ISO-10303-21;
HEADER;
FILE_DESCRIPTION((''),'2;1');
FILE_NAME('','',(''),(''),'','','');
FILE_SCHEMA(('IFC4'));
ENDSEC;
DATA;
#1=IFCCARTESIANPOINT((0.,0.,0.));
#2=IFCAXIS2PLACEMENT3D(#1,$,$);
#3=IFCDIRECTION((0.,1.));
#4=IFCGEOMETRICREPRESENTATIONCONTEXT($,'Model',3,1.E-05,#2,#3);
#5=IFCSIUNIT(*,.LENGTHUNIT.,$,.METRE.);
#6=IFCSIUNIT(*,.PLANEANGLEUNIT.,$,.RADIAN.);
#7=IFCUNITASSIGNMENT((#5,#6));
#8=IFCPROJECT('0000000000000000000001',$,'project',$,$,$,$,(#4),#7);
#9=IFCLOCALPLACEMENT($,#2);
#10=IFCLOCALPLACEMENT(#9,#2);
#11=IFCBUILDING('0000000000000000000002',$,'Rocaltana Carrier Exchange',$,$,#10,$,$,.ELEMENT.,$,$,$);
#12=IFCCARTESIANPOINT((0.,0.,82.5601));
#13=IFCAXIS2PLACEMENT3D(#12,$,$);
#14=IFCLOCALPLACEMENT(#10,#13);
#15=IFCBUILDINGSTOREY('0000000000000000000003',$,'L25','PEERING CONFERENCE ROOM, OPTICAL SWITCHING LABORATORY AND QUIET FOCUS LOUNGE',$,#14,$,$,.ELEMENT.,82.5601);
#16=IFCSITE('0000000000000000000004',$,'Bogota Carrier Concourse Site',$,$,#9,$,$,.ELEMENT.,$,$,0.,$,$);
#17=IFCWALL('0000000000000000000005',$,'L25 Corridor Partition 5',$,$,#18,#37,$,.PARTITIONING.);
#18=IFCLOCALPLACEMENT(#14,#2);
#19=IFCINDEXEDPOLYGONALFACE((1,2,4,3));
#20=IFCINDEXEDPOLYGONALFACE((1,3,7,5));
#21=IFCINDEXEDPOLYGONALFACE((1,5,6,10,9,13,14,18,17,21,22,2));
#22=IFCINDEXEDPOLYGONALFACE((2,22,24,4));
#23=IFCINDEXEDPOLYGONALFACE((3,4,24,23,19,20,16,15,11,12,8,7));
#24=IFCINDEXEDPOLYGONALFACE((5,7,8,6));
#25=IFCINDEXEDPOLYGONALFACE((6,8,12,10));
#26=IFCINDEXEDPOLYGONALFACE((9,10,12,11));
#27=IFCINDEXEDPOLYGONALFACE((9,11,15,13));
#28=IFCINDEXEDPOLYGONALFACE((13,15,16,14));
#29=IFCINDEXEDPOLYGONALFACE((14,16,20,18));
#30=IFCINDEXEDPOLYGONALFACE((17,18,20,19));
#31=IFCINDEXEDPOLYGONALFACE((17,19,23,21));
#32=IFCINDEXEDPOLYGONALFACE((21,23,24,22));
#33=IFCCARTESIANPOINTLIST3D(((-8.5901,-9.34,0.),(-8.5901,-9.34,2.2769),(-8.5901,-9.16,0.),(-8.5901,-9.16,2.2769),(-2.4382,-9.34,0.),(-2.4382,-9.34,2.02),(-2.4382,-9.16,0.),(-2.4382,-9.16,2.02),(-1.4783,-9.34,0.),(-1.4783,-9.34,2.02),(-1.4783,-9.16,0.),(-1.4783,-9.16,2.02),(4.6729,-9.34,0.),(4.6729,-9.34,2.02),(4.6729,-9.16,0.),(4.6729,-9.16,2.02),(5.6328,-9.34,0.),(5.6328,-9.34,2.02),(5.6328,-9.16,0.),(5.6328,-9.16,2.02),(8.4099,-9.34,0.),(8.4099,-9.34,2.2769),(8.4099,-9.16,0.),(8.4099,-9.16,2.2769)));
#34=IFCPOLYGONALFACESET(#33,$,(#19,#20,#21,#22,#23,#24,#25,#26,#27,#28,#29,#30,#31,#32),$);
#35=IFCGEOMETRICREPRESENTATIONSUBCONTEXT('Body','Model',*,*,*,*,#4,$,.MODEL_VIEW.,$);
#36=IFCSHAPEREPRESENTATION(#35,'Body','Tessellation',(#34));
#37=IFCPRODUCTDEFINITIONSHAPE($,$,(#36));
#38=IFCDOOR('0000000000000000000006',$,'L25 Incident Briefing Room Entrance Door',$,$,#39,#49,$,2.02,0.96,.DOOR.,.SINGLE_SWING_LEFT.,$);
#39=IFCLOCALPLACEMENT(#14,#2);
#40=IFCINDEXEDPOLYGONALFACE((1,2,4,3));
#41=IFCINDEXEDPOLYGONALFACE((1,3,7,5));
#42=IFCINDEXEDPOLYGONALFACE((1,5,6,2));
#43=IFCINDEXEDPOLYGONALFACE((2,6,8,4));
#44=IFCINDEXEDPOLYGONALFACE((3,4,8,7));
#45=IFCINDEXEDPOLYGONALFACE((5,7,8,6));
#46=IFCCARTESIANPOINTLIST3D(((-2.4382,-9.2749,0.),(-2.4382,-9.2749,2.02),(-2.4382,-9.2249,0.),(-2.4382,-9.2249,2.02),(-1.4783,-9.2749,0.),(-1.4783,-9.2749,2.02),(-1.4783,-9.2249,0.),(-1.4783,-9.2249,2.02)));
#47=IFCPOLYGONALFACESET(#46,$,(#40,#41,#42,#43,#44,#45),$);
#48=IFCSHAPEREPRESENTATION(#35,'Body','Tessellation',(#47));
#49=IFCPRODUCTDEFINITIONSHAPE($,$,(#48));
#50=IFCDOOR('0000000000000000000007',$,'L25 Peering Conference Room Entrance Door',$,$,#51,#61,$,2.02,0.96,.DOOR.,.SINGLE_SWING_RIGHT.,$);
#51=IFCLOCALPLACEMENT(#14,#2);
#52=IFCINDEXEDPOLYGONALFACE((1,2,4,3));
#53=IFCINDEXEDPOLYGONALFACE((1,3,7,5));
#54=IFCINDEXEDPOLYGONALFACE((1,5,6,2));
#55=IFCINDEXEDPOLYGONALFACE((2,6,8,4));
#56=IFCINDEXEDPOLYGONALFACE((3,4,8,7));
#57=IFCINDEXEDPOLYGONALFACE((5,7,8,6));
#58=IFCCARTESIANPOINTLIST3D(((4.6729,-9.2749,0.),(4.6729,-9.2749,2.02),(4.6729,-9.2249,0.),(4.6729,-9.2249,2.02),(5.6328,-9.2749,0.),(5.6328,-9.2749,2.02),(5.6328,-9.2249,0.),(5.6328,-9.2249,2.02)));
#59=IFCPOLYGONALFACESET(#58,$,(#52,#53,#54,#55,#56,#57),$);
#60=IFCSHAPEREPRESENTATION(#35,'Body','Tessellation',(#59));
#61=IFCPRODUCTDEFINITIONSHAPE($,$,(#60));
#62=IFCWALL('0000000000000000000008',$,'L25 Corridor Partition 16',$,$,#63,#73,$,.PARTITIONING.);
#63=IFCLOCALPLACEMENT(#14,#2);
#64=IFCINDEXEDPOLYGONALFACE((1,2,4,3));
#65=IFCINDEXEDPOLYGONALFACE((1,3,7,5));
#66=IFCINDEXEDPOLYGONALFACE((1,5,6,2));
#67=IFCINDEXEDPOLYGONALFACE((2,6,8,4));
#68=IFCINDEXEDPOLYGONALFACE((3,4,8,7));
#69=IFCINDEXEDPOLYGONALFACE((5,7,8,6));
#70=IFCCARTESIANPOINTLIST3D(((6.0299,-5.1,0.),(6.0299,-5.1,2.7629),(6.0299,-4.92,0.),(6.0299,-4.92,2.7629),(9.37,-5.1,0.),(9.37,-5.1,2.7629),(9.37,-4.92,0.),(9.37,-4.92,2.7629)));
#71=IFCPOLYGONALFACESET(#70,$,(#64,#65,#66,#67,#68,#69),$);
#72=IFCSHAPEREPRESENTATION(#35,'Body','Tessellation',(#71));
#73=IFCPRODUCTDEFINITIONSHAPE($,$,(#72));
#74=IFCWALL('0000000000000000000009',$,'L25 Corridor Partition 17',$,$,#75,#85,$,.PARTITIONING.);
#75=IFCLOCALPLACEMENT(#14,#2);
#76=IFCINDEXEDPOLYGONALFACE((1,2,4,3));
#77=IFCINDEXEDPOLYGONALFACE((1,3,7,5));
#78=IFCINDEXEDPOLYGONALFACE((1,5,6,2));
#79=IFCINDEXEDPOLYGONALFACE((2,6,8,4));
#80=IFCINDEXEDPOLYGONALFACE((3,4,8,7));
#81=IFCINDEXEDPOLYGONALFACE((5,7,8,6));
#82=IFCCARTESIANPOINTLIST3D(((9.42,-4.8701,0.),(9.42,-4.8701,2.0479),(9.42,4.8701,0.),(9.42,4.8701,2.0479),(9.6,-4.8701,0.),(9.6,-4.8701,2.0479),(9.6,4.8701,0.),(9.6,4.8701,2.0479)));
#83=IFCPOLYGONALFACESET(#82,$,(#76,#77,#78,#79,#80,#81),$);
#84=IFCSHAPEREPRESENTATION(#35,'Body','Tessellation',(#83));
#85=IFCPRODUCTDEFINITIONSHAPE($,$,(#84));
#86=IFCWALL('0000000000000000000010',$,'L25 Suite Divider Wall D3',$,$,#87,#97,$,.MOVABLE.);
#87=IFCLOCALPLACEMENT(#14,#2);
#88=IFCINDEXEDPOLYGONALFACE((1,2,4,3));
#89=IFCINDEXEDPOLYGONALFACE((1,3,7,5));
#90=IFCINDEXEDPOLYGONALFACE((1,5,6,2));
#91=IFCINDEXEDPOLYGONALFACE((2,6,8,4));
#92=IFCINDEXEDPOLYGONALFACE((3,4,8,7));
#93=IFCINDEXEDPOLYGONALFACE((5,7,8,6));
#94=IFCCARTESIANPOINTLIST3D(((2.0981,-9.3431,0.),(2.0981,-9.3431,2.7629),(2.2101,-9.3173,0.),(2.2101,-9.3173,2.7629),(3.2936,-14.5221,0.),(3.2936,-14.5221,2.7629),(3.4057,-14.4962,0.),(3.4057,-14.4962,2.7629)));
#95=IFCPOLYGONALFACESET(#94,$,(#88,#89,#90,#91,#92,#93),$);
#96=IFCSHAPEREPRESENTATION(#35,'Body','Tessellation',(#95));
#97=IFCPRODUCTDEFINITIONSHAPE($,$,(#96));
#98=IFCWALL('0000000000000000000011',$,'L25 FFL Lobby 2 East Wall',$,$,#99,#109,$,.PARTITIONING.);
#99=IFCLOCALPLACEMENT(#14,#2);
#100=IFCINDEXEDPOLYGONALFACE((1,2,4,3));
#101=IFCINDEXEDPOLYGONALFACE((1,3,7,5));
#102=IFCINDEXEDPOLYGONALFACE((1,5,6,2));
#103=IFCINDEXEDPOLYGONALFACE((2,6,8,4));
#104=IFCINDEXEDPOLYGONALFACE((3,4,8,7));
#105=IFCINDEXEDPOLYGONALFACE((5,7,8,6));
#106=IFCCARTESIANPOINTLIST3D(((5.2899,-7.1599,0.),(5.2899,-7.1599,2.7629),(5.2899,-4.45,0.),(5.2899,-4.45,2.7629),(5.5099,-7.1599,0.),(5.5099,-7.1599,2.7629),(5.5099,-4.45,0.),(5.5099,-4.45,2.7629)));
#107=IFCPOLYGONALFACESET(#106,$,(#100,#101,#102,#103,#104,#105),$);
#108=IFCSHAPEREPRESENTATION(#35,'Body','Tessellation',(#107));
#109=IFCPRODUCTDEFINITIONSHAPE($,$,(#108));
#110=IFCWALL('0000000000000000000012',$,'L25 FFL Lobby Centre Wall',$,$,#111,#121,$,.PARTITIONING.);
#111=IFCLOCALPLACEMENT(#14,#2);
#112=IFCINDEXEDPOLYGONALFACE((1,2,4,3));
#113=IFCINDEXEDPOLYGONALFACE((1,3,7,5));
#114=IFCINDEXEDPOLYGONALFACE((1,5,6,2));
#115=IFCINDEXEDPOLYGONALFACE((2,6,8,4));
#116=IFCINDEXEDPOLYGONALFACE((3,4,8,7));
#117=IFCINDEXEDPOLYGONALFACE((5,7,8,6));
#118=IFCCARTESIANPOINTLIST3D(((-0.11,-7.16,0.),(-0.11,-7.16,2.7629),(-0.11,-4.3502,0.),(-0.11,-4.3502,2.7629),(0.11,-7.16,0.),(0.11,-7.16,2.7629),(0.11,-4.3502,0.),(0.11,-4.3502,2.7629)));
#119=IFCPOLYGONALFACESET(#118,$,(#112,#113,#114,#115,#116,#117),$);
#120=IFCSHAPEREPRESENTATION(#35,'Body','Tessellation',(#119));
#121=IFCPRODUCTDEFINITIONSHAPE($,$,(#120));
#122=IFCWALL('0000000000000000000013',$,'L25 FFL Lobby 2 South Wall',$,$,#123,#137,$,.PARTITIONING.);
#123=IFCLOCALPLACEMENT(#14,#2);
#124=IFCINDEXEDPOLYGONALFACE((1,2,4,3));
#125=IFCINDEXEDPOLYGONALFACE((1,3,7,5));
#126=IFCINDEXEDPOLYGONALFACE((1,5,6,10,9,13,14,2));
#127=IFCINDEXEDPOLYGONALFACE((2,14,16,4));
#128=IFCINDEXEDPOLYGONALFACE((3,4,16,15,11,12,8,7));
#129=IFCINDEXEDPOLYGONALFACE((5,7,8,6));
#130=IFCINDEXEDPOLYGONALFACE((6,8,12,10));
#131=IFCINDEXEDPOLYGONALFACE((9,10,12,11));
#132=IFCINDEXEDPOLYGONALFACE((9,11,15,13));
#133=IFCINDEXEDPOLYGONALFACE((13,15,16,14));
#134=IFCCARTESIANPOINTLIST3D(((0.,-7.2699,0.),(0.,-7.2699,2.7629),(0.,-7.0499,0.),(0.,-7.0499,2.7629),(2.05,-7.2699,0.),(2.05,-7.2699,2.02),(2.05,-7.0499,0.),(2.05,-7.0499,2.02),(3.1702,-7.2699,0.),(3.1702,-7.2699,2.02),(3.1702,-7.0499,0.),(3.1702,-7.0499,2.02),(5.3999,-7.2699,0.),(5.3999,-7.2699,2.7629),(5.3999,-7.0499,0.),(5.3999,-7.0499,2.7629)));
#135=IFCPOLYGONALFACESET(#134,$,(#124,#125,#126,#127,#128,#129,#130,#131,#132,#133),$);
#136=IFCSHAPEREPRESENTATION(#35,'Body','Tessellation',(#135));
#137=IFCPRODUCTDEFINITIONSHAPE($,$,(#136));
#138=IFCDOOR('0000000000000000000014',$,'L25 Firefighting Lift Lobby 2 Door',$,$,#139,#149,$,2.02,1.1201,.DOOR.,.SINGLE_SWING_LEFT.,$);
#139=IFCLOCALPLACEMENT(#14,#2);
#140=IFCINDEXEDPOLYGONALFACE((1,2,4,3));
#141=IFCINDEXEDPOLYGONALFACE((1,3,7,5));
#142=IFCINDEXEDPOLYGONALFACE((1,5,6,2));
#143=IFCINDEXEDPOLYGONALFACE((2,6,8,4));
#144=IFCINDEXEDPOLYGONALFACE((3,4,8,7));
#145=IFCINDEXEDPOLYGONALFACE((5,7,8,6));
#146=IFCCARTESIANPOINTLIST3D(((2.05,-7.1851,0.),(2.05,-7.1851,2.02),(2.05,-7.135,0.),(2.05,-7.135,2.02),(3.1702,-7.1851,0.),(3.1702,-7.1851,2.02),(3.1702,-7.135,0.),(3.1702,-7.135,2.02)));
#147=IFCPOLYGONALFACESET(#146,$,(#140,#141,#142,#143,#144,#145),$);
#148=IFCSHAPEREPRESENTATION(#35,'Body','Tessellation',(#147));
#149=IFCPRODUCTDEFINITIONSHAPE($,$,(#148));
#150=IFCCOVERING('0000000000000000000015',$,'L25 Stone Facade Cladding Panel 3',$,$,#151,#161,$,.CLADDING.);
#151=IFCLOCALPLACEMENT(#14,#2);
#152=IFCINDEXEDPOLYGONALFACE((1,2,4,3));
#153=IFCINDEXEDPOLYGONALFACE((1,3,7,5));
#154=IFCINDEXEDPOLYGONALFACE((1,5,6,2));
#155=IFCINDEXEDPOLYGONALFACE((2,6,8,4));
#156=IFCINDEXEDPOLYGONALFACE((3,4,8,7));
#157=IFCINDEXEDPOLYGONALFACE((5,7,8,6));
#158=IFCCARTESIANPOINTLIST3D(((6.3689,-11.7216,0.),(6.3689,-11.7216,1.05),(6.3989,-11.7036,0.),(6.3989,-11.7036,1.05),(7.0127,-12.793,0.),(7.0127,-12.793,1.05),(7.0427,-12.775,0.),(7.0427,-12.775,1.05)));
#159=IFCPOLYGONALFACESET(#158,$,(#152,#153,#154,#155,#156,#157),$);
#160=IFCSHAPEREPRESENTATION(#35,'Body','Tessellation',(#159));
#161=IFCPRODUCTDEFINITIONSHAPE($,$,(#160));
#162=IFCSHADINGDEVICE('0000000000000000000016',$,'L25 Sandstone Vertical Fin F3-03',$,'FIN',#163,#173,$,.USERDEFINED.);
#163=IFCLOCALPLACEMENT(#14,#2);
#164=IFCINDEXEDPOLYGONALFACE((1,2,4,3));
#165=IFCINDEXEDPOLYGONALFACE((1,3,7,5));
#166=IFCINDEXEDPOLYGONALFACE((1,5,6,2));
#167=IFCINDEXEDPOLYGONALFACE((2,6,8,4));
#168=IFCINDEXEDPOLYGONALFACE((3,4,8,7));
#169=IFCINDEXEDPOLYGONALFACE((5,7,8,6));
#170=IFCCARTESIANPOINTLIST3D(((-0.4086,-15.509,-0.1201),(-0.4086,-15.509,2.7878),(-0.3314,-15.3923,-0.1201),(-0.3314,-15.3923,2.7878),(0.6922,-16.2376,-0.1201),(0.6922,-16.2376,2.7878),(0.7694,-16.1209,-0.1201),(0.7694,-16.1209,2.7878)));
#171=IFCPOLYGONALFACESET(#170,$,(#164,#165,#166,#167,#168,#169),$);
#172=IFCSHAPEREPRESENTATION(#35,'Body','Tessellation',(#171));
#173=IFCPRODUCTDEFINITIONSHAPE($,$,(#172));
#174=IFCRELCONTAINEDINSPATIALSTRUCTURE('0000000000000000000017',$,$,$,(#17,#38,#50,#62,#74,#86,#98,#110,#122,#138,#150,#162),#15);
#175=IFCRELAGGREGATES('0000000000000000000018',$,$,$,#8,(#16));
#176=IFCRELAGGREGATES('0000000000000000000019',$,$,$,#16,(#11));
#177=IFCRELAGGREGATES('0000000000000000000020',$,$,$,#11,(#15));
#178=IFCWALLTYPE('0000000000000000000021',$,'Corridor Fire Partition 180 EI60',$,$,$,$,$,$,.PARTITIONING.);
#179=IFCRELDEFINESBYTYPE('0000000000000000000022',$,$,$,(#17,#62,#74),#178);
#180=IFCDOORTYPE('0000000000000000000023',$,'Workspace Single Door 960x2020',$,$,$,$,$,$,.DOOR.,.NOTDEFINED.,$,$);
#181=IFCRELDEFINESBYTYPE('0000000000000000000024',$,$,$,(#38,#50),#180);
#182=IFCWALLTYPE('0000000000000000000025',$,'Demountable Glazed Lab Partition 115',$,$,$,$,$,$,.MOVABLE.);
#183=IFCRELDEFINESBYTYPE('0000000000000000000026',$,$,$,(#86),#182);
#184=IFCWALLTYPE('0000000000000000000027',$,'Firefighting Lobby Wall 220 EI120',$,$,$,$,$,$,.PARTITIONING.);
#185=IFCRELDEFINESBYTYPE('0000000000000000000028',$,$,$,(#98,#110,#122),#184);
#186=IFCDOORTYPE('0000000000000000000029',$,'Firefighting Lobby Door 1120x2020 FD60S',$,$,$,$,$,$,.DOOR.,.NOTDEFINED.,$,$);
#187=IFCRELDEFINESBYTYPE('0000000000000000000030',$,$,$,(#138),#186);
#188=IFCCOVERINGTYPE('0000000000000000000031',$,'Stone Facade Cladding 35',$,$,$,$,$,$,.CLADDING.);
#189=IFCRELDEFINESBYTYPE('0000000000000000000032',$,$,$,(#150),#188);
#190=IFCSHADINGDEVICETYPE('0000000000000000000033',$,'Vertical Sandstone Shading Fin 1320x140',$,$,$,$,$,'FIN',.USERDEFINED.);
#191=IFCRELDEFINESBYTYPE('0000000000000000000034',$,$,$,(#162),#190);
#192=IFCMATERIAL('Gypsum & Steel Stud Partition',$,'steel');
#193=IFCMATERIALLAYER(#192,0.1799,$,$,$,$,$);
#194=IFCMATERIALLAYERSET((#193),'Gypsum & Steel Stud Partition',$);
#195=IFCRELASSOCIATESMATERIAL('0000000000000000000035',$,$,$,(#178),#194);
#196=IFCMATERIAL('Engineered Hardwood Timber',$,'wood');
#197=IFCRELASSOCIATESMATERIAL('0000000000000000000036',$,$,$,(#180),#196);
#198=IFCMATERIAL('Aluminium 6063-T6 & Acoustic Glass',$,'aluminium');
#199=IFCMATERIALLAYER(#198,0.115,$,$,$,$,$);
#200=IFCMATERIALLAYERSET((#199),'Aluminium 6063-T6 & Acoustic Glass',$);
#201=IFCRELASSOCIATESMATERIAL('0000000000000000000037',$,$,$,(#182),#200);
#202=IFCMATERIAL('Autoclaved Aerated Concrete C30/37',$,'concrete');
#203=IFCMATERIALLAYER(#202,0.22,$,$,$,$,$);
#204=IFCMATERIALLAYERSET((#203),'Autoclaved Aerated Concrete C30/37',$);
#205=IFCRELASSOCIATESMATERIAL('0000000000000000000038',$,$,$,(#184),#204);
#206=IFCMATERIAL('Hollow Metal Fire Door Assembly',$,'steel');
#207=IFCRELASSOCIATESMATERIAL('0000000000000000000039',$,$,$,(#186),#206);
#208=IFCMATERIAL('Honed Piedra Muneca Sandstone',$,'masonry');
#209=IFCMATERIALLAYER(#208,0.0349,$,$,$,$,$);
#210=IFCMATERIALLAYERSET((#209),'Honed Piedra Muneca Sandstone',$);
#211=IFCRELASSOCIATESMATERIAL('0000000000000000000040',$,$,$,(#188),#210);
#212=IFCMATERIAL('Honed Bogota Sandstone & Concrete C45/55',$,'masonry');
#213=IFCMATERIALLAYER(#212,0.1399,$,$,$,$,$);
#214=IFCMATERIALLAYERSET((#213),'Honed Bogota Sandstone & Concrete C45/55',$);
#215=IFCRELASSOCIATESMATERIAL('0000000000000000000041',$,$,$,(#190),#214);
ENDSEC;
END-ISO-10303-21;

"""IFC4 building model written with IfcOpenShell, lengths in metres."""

from ifc_helpers import new_model, si_unit, direction, frame, frame_2d, origin, origin_2d, place, context, subcontext, project, spatial, rectangle, extrude, material, layer, layer_set, type_object, element, fill, save


model = new_model("IFC4")

# Units and contexts
model_context = context("Model", 3, precision=1e-05, world=origin(), true_north=direction((0.0, 1.0)))
body_context = subcontext(model_context, "Body", "Model", "MODEL_VIEW")
ifc_project = project(units=[si_unit("LENGTHUNIT", "METRE"), si_unit("PLANEANGLEUNIT", "RADIAN")], contexts=[model_context])

# Site, building, storey
site_placement = place(None, origin())
site = spatial("IfcSite", under=ifc_project, at=site_placement, Name="Bogota Carrier Concourse Site", CompositionType="ELEMENT", RefElevation=0.0)
building_placement = place(site_placement, origin())
building = spatial("IfcBuilding", under=site, at=building_placement, Name="Rocaltana Carrier Exchange", CompositionType="ELEMENT")
storey_placement = place(building_placement, frame((0.0, 0.0, 82.5601)))
storey = spatial("IfcBuildingStorey", under=building, at=storey_placement, Name="L25", Description="PEERING CONFERENCE ROOM, OPTICAL SWITCHING LABORATORY AND QUIET FOCUS LOUNGE", CompositionType="ELEMENT", Elevation=82.5601)

# Wall, openings, doors
ifc_material_1 = material(Name="Gypsum & Steel Stud Partition", Category="steel")
ifc_layer_1 = layer(ifc_material_1, 0.1799)
ifc_layer_set_1 = layer_set([ifc_layer_1], Name="Gypsum & Steel Stud Partition")
wall_type_1 = type_object("IfcWallType", Name="Corridor Fire Partition 180 EI60", PredefinedType="PARTITIONING", material=ifc_layer_set_1)
wall_1_placement = place(storey_placement, frame((8.4099, -9.25, 0.0), z_axis=(0.0, 0.0, 1.0), x_axis=(-1.0, 0.0, 0.0)))
wall_1 = element("IfcWall", 1, at=wall_1_placement, inside=storey, type_object=wall_type_1, Name="L25 Corridor Partition 5", PredefinedType="PARTITIONING", context=body_context, shape_type="SweptSolid", body=[
    extrude(rectangle(XDim=17.0, YDim=0.1799, at=frame_2d((8.5, 0.0))), origin(), (0.0, 0.0, 1.0), 2.2769),
])
opening_1_placement = place(wall_1_placement, frame((9.8882, 0.0, 0.0)))
opening_1 = element("IfcOpeningElement", 2, at=opening_1_placement, cuts=wall_1, PredefinedType="OPENING", context=body_context, shape_type="SweptSolid", body=[
    extrude(rectangle(XDim=0.96, YDim=2.02, at=frame_2d((0.48, 1.01))), frame((0.0, 0.0999, 0.0), z_axis=(0.0, -1.0, 0.0), x_axis=(1.0, 0.0, 0.0)), (0.0, 0.0, 1.0), 0.2),
])
opening_2_placement = place(wall_1_placement, frame((2.7771, 0.0, 0.0)))
opening_2 = element("IfcOpeningElement", 3, at=opening_2_placement, cuts=wall_1, PredefinedType="OPENING", context=body_context, shape_type="SweptSolid", body=[
    extrude(rectangle(XDim=0.96, YDim=2.02, at=frame_2d((0.48, 1.01))), frame((0.0, 0.0999, 0.0), z_axis=(0.0, -1.0, 0.0), x_axis=(1.0, 0.0, 0.0)), (0.0, 0.0, 1.0), 0.2),
])
ifc_material_2 = material(Name="Engineered Hardwood Timber", Category="wood")
door_type_1 = type_object("IfcDoorType", Name="Workspace Single Door 960x2020", OperationType="NOTDEFINED", PredefinedType="DOOR", material=ifc_material_2)
door_1_placement = place(opening_1_placement, origin())
door_1 = element("IfcDoor", 4, at=door_1_placement, inside=storey, type_object=door_type_1, Name="L25 Incident Briefing Room Entrance Door", OperationType="SINGLE_SWING_LEFT", OverallHeight=2.02, OverallWidth=0.96, PredefinedType="DOOR", context=body_context, shape_type="SweptSolid", body=[
    extrude(rectangle(XDim=0.96, YDim=2.02, at=frame_2d((0.48, 1.01))), frame((0.0, 0.0249, 0.0), z_axis=(0.0, -1.0, 0.0), x_axis=(1.0, 0.0, 0.0)), (0.0, 0.0, 1.0), 0.05),
])
fill(opening_1, door_1)
door_2_placement = place(opening_2_placement, origin())
door_2 = element("IfcDoor", 5, at=door_2_placement, inside=storey, type_object=door_type_1, Name="L25 Peering Conference Room Entrance Door", OperationType="SINGLE_SWING_RIGHT", OverallHeight=2.02, OverallWidth=0.96, PredefinedType="DOOR", context=body_context, shape_type="SweptSolid", body=[
    extrude(rectangle(XDim=0.96, YDim=2.02, at=frame_2d((0.48, 1.01))), frame((0.0, 0.0249, 0.0), z_axis=(0.0, -1.0, 0.0), x_axis=(1.0, 0.0, 0.0)), (0.0, 0.0, 1.0), 0.05),
])
fill(opening_2, door_2)

# Walls
wall_2_placement = place(storey_placement, frame((6.03, -5.01, 0.0), z_axis=(0.0, 0.0, 1.0), x_axis=(1.0, 0.0, 0.0)))
element("IfcWall", 6, at=wall_2_placement, inside=storey, type_object=wall_type_1, Name="L25 Corridor Partition 16", PredefinedType="PARTITIONING", context=body_context, shape_type="SweptSolid", body=[
    extrude(rectangle(XDim=3.3401, YDim=0.1799, at=frame_2d((1.6699, 0.0))), origin(), (0.0, 0.0, 1.0), 2.7629),
])
wall_3_placement = place(storey_placement, frame((9.51, -4.8701, 0.0), z_axis=(0.0, 0.0, 1.0), x_axis=(0.0, 1.0, 0.0)))
element("IfcWall", 7, at=wall_3_placement, inside=storey, type_object=wall_type_1, Name="L25 Corridor Partition 17", PredefinedType="PARTITIONING", context=body_context, shape_type="SweptSolid", body=[
    extrude(rectangle(XDim=9.7402, YDim=0.1799, at=frame_2d((4.8701, 0.0))), origin(), (0.0, 0.0, 1.0), 2.0479),
])
ifc_material_3 = material(Name="Aluminium 6063-T6 & Acoustic Glass", Category="aluminium")
ifc_layer_2 = layer(ifc_material_3, 0.115)
ifc_layer_set_2 = layer_set([ifc_layer_2], Name="Aluminium 6063-T6 & Acoustic Glass")
wall_type_2 = type_object("IfcWallType", Name="Demountable Glazed Lab Partition 115", PredefinedType="MOVABLE", material=ifc_layer_set_2)
wall_4_placement = place(storey_placement, frame((2.1541, -9.3301, 0.0), z_axis=(0.0, 0.0, 1.0), x_axis=(0.224933, -0.974374, 0.0)))
element("IfcWall", 8, at=wall_4_placement, inside=storey, type_object=wall_type_2, Name="L25 Suite Divider Wall D3", PredefinedType="MOVABLE", context=body_context, shape_type="SweptSolid", body=[
    extrude(rectangle(XDim=5.3152, YDim=0.115, at=frame_2d((2.6577, 0.0))), origin(), (0.0, 0.0, 1.0), 2.7629),
])
ifc_material_4 = material(Name="Autoclaved Aerated Concrete C30/37", Category="concrete")
ifc_layer_3 = layer(ifc_material_4, 0.22)
ifc_layer_set_3 = layer_set([ifc_layer_3], Name="Autoclaved Aerated Concrete C30/37")
wall_type_3 = type_object("IfcWallType", Name="Firefighting Lobby Wall 220 EI120", PredefinedType="PARTITIONING", material=ifc_layer_set_3)
wall_5_placement = place(storey_placement, frame((5.3999, -7.1599, 0.0), z_axis=(0.0, 0.0, 1.0), x_axis=(0.0, 1.0, 0.0)))
element("IfcWall", 9, at=wall_5_placement, inside=storey, type_object=wall_type_3, Name="L25 FFL Lobby 2 East Wall", PredefinedType="PARTITIONING", context=body_context, shape_type="SweptSolid", body=[
    extrude(rectangle(XDim=2.71, YDim=0.22, at=frame_2d((1.355, 0.0))), origin(), (0.0, 0.0, 1.0), 2.7629),
])
wall_6_placement = place(storey_placement, frame((0.0, -7.1599, 0.0), z_axis=(0.0, 0.0, 1.0), x_axis=(0.0, 1.0, 0.0)))
element("IfcWall", 10, at=wall_6_placement, inside=storey, type_object=wall_type_3, Name="L25 FFL Lobby Centre Wall", PredefinedType="PARTITIONING", context=body_context, shape_type="SweptSolid", body=[
    extrude(rectangle(XDim=2.8098, YDim=0.22, at=frame_2d((1.4048, 0.0))), origin(), (0.0, 0.0, 1.0), 2.7629),
])

# Wall, opening, door
wall_7_placement = place(storey_placement, frame((0.0, -7.1599, 0.0), z_axis=(0.0, 0.0, 1.0), x_axis=(1.0, 0.0, 0.0)))
wall_7 = element("IfcWall", 11, at=wall_7_placement, inside=storey, type_object=wall_type_3, Name="L25 FFL Lobby 2 South Wall", PredefinedType="PARTITIONING", context=body_context, shape_type="SweptSolid", body=[
    extrude(rectangle(XDim=5.3999, YDim=0.22, at=frame_2d((2.7, 0.0))), origin(), (0.0, 0.0, 1.0), 2.7629),
])
opening_3_placement = place(wall_7_placement, frame((2.05, 0.0, 0.0)))
opening_3 = element("IfcOpeningElement", 12, at=opening_3_placement, cuts=wall_7, PredefinedType="OPENING", context=body_context, shape_type="SweptSolid", body=[
    extrude(rectangle(XDim=1.1201, YDim=2.02, at=frame_2d((0.5601, 1.01))), frame((0.0, 0.1199, 0.0), z_axis=(0.0, -1.0, 0.0), x_axis=(1.0, 0.0, 0.0)), (0.0, 0.0, 1.0), 0.24),
])
ifc_material_5 = material(Name="Hollow Metal Fire Door Assembly", Category="steel")
door_type_2 = type_object("IfcDoorType", Name="Firefighting Lobby Door 1120x2020 FD60S", OperationType="NOTDEFINED", PredefinedType="DOOR", material=ifc_material_5)
door_3_placement = place(opening_3_placement, origin())
door_3 = element("IfcDoor", 13, at=door_3_placement, inside=storey, type_object=door_type_2, Name="L25 Firefighting Lift Lobby 2 Door", OperationType="SINGLE_SWING_LEFT", OverallHeight=2.02, OverallWidth=1.1201, PredefinedType="DOOR", context=body_context, shape_type="SweptSolid", body=[
    extrude(rectangle(XDim=1.1201, YDim=2.02, at=frame_2d((0.5601, 1.01))), frame((0.0, 0.0249, 0.0), z_axis=(0.0, -1.0, 0.0), x_axis=(1.0, 0.0, 0.0)), (0.0, 0.0, 1.0), 0.05),
])
fill(opening_3, door_3)

# Covering
ifc_material_6 = material(Name="Honed Piedra Muneca Sandstone", Category="masonry")
ifc_layer_4 = layer(ifc_material_6, 0.0349)
ifc_layer_set_4 = layer_set([ifc_layer_4], Name="Honed Piedra Muneca Sandstone")
covering_type = type_object("IfcCoveringType", Name="Stone Facade Cladding 35", PredefinedType="CLADDING", material=ifc_layer_set_4)
covering_placement = place(storey_placement, frame((6.7058, -12.2483, 0.0), z_axis=(0.0, 0.0, 1.0), x_axis=(-0.515038, 0.857167, 0.0)))
element("IfcCovering", 14, at=covering_placement, inside=storey, type_object=covering_type, Name="L25 Stone Facade Cladding Panel 3", PredefinedType="CLADDING", context=body_context, shape_type="SweptSolid", body=[
    extrude(rectangle(XDim=1.25, YDim=0.0349, at=origin_2d()), origin(), (0.0, 0.0, 1.0), 1.05),
])

# Shading device
ifc_material_7 = material(Name="Honed Bogota Sandstone & Concrete C45/55", Category="masonry")
ifc_layer_5 = layer(ifc_material_7, 0.1399)
ifc_layer_set_5 = layer_set([ifc_layer_5], Name="Honed Bogota Sandstone & Concrete C45/55")
shading_device_type = type_object("IfcShadingDeviceType", Name="Vertical Sandstone Shading Fin 1320x140", ElementType="FIN", PredefinedType="USERDEFINED", material=ifc_layer_set_5)
for number, where, z_axis, x_axis, name in (
    (15, (0.1804, -15.8149, -0.1201), (0.0, 0.0, 1.0), (0.833886, -0.551937, 0.0), "L25 Sandstone Vertical Fin F3-03"),
):
    element("IfcShadingDevice", number, at=place(storey_placement, frame(where, z_axis=z_axis, x_axis=x_axis)), inside=storey, type_object=shading_device_type, Name=name, ObjectType="FIN", PredefinedType="USERDEFINED", context=body_context, shape_type="SweptSolid", body=[
        extrude(rectangle(XDim=1.3201, YDim=0.1399, at=origin_2d()), origin(), (0.0, 0.0, 1.0), 2.908),
    ])

save(model, "model.ifc")
